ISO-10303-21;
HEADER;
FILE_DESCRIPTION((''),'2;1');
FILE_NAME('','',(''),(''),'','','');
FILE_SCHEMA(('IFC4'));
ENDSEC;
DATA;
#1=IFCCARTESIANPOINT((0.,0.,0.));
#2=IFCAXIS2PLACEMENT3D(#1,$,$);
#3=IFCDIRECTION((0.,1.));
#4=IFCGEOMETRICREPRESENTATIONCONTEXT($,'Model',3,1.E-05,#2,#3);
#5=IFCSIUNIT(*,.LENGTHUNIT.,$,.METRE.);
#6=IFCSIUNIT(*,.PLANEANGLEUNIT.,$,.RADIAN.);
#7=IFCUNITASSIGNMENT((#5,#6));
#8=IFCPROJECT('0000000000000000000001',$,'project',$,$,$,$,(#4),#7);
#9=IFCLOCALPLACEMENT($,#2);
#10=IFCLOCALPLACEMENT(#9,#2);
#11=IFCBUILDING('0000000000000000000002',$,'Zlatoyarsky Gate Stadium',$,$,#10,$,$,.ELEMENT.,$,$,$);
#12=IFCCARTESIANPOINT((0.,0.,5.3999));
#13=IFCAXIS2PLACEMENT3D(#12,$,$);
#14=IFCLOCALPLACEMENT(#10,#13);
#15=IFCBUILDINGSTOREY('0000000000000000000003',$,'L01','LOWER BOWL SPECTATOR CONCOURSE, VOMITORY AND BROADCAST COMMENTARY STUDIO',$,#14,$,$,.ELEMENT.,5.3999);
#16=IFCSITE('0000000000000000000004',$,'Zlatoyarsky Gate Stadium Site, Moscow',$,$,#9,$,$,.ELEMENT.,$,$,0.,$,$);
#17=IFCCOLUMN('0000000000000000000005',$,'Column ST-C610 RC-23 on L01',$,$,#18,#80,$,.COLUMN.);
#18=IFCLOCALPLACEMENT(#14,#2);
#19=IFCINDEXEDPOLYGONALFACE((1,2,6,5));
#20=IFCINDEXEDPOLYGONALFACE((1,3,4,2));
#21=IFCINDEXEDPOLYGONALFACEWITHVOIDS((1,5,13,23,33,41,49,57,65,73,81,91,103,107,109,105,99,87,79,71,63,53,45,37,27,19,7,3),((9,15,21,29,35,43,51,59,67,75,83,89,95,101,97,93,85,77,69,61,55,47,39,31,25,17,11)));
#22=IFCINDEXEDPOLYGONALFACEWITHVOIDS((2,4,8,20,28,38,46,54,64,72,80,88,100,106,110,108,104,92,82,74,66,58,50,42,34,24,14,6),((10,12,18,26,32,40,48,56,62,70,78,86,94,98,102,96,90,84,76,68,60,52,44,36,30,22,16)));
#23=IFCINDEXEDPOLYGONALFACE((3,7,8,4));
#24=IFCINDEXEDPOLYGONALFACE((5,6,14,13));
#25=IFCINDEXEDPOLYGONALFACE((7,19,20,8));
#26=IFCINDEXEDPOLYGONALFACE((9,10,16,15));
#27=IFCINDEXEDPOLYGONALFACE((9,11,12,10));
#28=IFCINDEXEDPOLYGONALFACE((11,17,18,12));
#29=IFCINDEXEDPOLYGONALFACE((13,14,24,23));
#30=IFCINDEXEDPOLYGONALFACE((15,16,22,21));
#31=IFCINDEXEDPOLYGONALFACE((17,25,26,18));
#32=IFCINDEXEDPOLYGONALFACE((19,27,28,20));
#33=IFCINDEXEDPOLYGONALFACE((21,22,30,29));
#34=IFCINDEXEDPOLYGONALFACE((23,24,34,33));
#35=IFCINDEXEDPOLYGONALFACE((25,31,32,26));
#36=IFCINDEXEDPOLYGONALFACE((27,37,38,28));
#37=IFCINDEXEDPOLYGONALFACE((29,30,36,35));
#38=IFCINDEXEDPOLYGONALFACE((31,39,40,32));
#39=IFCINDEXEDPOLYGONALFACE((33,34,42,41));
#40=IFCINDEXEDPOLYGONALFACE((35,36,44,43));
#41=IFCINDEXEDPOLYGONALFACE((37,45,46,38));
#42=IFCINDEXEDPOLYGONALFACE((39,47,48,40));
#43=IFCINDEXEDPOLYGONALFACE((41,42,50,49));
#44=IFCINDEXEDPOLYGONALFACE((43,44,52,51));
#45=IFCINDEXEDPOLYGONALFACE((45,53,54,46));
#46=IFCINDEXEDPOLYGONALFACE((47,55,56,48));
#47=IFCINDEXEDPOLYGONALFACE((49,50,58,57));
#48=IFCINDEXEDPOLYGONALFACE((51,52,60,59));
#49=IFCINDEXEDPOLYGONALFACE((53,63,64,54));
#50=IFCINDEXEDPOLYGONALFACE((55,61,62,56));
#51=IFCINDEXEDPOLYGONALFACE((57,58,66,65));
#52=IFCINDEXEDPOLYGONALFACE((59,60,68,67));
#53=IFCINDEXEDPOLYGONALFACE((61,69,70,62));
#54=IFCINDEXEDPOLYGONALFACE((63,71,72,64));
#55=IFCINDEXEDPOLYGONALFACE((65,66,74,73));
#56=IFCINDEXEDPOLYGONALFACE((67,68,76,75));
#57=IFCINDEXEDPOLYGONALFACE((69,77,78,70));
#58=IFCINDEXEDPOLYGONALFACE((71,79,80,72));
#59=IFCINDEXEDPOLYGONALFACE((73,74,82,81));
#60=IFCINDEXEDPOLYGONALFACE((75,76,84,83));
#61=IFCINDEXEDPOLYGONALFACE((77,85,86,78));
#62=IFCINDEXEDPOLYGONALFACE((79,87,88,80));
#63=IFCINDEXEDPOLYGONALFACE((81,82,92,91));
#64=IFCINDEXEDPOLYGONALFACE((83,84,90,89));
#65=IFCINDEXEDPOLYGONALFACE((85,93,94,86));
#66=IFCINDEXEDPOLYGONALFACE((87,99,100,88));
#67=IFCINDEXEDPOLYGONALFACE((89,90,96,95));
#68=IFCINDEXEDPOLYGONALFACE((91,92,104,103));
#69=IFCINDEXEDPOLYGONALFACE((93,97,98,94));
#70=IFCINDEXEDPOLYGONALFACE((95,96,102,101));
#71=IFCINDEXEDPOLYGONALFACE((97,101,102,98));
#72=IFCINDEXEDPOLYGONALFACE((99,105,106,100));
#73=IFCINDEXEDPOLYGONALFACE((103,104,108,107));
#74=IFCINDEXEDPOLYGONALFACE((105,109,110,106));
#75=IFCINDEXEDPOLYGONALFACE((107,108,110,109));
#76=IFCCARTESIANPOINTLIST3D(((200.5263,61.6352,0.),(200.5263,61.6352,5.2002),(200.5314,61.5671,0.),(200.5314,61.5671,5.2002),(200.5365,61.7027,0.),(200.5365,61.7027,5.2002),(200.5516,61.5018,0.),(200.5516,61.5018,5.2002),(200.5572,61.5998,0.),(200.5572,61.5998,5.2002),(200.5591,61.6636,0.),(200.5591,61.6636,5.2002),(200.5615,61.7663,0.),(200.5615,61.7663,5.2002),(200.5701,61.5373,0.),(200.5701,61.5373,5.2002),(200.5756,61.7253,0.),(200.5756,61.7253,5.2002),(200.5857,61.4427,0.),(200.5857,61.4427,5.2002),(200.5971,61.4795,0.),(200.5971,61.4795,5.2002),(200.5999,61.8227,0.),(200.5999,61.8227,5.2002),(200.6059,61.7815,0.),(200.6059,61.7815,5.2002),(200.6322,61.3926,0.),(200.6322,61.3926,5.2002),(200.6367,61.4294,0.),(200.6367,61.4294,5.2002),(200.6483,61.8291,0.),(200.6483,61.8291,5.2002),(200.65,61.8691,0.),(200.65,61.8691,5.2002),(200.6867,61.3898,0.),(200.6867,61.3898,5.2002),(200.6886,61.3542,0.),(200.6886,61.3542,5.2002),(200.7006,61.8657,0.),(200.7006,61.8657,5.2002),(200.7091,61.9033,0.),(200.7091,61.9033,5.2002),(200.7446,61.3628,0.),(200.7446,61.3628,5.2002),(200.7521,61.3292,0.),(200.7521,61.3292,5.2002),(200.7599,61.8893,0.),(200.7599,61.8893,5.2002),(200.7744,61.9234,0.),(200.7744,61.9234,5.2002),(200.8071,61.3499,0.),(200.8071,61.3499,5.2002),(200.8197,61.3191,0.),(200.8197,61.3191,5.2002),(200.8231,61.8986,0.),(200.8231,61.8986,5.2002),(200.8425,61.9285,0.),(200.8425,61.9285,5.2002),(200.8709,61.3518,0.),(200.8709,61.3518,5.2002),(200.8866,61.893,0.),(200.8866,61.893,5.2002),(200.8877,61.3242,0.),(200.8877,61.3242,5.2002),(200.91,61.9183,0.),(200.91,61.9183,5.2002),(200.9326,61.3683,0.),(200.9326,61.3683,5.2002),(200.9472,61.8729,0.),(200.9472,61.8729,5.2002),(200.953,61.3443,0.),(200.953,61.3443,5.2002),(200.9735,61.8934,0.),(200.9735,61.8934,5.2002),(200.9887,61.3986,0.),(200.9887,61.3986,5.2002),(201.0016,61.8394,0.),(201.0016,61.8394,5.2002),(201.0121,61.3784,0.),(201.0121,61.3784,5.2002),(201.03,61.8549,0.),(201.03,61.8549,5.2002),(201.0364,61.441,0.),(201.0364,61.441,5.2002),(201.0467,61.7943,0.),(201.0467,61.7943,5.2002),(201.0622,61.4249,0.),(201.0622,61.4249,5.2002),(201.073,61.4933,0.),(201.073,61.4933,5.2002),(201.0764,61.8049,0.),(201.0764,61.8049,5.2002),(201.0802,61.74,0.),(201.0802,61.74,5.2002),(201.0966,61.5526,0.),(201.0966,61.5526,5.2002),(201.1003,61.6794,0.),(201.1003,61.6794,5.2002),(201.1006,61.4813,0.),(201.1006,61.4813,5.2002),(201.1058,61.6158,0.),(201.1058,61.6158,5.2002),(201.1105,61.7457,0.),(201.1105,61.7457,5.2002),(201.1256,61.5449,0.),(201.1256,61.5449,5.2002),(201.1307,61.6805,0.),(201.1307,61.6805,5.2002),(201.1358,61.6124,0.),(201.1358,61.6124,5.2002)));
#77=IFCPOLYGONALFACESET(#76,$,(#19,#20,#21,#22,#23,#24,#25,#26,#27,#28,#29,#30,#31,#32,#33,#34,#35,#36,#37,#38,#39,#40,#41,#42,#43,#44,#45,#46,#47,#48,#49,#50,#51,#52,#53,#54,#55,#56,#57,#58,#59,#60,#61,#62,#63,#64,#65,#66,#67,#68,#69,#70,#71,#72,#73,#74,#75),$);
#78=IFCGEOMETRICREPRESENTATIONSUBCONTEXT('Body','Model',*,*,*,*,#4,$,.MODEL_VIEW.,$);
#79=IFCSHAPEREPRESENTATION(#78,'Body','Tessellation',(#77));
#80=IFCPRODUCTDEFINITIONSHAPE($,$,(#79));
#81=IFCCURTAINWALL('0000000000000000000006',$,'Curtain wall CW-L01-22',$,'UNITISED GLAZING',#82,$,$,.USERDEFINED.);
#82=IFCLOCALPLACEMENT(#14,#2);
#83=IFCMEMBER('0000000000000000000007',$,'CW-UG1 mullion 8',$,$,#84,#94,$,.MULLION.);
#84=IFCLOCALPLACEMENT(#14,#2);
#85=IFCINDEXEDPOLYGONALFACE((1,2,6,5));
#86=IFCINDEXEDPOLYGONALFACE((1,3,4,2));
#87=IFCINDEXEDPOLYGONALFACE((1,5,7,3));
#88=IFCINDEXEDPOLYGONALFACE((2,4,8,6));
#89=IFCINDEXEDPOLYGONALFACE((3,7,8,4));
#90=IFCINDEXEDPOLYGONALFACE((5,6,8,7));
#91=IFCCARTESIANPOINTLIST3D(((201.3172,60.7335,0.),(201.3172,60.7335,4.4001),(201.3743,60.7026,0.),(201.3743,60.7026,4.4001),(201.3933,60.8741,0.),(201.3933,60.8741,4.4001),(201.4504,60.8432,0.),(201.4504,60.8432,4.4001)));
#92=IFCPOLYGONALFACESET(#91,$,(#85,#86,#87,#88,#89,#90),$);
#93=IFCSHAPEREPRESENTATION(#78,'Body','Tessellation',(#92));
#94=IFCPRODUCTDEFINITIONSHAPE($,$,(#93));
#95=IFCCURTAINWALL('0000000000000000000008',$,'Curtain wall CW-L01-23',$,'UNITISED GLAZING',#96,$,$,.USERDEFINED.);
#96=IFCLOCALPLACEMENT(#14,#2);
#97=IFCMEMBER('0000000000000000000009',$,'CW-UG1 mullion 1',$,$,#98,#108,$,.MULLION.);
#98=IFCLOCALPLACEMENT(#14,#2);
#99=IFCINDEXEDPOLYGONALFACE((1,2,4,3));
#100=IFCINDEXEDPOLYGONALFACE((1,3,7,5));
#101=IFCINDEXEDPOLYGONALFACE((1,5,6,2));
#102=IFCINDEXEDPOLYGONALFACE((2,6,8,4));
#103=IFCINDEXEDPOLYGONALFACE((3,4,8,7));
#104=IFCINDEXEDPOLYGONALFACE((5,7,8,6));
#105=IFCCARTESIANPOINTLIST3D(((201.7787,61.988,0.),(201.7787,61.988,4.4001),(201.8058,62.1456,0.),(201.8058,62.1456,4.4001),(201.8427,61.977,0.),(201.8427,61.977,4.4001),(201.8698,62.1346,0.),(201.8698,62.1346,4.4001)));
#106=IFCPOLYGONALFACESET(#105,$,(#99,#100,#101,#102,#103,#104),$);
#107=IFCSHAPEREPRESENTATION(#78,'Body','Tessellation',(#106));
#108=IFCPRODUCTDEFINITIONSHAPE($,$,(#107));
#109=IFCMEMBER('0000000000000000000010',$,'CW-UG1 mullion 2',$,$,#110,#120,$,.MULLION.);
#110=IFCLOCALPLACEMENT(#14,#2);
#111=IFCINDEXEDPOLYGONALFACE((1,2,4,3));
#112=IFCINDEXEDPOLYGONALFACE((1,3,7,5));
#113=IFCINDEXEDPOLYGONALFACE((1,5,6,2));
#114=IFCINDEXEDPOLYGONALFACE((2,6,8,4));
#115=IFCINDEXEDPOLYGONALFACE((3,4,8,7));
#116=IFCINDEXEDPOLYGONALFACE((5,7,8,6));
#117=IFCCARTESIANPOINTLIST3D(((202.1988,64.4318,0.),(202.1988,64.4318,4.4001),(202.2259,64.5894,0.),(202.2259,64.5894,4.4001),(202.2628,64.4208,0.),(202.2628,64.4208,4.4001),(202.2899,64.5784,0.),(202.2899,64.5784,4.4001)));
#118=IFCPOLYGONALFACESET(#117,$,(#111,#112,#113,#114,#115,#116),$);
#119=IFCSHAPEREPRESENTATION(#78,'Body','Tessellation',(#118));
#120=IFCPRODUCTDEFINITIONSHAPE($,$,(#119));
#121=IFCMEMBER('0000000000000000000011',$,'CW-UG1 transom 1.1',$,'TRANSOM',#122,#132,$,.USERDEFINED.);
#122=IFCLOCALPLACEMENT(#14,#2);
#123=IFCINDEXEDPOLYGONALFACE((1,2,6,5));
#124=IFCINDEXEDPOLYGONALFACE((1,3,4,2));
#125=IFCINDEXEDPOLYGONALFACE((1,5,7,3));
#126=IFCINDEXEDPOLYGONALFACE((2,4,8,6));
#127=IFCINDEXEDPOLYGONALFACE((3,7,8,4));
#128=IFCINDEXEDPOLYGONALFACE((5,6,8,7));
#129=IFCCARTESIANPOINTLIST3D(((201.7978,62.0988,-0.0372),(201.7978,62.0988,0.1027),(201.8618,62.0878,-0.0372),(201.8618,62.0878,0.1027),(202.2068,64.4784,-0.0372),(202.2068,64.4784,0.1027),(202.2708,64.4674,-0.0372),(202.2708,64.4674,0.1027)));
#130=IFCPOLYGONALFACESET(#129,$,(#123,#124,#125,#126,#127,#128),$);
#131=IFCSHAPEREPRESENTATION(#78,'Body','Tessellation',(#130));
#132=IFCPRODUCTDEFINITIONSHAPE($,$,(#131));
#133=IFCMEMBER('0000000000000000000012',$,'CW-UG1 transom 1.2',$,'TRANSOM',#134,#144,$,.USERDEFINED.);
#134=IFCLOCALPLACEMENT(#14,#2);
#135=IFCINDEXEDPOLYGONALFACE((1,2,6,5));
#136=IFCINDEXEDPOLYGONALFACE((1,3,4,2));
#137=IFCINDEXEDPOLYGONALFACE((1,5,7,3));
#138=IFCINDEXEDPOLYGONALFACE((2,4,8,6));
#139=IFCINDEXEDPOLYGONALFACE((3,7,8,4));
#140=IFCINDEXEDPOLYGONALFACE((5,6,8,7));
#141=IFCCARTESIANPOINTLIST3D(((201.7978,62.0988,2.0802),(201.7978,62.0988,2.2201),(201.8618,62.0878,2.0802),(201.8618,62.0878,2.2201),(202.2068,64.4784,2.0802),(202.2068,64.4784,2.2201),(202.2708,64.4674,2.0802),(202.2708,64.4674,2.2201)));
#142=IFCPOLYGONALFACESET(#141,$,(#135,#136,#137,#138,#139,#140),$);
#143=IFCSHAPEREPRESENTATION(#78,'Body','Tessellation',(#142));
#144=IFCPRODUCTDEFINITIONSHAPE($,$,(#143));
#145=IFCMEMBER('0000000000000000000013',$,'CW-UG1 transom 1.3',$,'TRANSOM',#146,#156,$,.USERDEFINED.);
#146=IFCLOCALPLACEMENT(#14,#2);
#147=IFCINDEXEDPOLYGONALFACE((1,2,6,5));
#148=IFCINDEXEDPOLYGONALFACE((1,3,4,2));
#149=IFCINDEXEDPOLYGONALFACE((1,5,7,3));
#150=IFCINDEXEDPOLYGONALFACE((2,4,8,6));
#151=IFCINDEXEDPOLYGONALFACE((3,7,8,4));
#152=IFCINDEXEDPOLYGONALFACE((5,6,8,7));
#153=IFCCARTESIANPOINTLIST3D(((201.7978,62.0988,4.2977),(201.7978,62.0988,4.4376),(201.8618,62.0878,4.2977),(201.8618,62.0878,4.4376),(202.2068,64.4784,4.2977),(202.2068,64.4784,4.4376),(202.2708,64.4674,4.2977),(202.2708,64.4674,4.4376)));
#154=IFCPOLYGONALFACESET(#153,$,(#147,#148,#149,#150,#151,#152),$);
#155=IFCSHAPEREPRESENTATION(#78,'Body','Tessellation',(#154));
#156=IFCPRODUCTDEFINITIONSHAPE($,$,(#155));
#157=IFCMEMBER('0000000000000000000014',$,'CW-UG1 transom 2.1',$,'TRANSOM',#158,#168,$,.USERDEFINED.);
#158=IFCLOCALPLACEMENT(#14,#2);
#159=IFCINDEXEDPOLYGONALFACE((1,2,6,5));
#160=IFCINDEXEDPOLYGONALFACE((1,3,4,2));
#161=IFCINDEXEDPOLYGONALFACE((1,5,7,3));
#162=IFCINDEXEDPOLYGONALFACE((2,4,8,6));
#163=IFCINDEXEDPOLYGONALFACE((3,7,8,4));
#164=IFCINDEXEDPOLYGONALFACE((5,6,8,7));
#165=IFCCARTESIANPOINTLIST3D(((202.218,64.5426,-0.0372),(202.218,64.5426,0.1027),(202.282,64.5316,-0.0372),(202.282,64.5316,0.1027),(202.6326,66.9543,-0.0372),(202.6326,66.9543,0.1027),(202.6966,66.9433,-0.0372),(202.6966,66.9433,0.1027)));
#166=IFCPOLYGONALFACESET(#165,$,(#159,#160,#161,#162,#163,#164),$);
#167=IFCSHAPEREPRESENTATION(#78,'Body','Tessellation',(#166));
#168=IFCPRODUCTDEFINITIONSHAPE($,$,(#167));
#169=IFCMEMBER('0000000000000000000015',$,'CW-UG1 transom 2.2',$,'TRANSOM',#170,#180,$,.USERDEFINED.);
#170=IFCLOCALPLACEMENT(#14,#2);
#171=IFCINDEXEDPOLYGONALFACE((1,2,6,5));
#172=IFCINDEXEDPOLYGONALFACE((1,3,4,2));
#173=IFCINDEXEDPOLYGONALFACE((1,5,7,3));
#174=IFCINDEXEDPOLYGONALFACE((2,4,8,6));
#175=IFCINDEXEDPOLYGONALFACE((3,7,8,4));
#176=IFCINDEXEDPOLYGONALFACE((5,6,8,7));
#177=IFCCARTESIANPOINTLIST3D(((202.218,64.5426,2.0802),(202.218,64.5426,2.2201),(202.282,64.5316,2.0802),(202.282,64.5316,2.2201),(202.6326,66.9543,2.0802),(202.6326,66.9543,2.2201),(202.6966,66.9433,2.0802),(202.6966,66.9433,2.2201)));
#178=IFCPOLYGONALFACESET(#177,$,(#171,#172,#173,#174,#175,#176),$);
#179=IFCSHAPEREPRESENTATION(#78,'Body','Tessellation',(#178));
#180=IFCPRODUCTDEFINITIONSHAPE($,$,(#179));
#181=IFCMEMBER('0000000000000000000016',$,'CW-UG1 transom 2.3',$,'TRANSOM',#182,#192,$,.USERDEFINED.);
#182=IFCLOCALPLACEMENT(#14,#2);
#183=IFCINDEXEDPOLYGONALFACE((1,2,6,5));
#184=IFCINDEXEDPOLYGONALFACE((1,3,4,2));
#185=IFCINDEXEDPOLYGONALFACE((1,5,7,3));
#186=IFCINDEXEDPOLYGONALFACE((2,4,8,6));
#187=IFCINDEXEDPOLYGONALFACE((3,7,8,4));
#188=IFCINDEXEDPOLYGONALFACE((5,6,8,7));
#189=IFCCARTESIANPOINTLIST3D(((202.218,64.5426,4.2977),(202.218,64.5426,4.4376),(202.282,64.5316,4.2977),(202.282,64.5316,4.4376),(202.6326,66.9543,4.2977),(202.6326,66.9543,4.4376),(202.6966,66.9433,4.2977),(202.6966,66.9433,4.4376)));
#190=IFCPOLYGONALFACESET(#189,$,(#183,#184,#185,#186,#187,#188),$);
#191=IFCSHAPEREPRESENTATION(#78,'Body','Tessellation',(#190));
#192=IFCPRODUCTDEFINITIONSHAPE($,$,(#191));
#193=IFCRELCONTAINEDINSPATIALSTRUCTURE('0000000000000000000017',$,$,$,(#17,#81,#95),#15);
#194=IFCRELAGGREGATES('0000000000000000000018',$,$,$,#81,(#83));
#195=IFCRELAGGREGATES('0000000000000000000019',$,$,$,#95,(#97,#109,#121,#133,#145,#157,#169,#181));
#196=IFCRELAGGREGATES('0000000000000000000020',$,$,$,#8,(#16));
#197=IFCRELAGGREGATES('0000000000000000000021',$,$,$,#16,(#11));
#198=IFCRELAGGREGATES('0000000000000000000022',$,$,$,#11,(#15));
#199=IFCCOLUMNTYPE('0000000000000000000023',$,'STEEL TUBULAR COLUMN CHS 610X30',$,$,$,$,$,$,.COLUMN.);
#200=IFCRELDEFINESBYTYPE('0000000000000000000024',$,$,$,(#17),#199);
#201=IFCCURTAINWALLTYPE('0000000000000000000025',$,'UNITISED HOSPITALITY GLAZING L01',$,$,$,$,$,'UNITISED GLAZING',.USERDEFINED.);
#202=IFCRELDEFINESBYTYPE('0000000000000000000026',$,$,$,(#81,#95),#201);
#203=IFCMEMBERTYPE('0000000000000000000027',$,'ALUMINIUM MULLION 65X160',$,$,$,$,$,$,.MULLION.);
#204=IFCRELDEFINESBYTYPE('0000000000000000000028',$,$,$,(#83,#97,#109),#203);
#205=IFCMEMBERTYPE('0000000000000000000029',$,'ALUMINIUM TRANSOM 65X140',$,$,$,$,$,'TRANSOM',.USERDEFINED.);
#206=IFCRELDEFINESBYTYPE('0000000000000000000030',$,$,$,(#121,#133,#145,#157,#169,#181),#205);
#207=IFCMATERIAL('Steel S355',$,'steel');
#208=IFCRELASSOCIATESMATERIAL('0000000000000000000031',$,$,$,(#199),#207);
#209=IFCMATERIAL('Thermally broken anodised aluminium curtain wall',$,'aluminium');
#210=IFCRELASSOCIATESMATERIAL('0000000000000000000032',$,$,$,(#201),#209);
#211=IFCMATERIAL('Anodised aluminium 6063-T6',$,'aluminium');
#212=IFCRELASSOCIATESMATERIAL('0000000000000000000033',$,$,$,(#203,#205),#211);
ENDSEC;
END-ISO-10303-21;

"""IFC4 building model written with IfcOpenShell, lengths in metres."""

from ifc_helpers import new_model, si_unit, direction, frame, origin, origin_2d, place, context, subcontext, project, spatial, rectangle, hollow_circle, extrude, material, material_profile, profile_set, type_object, element, aggregate, save


model = new_model("IFC4")

# Units and contexts
model_context = context("Model", 3, precision=1e-05, world=origin(), true_north=direction((0.0, 1.0)))
body_context = subcontext(model_context, "Body", "Model", "MODEL_VIEW")
ifc_project = project(units=[si_unit("LENGTHUNIT", "METRE"), si_unit("PLANEANGLEUNIT", "RADIAN")], contexts=[model_context])

# Site, building, storey
site_placement = place(None, origin())
site = spatial("IfcSite", under=ifc_project, at=site_placement, Name="Zlatoyarsky Gate Stadium Site, Moscow", CompositionType="ELEMENT", RefElevation=0.0)
building_placement = place(site_placement, origin())
building = spatial("IfcBuilding", under=site, at=building_placement, Name="Zlatoyarsky Gate Stadium", CompositionType="ELEMENT")
storey_placement = place(building_placement, frame((0.0, 0.0, 5.3999)))
storey = spatial("IfcBuildingStorey", under=building, at=storey_placement, Name="L01", Description="LOWER BOWL SPECTATOR CONCOURSE, VOMITORY AND BROADCAST COMMENTARY STUDIO", CompositionType="ELEMENT", Elevation=5.3999)

# Column
ifc_material_1 = material(Name="Steel S355", Category="steel")
ifc_material_profile_1 = material_profile(ifc_material_1, hollow_circle(Radius=0.3049, WallThickness=0.03, at=origin_2d()), Name="CHS 610X30")
ifc_profile_set_1 = profile_set([ifc_material_profile_1], Name="Steel S355")
column_type = type_object("IfcColumnType", Name="STEEL TUBULAR COLUMN CHS 610X30", PredefinedType="COLUMN", material=ifc_profile_set_1)
column_placement = place(storey_placement, frame((200.8311, 61.6238, 0.0), z_axis=(0.0, 0.0, 1.0), x_axis=(0.965926, -0.258819, 0.0)))
element("IfcColumn", 1, at=column_placement, inside=storey, type_object=column_type, Name="Column ST-C610 RC-23 on L01", PredefinedType="COLUMN", context=body_context, shape_type="SweptSolid", body=[
    extrude(hollow_circle(Radius=0.3049, WallThickness=0.03, at=origin_2d()), origin(), (0.0, 0.0, 1.0), 5.2002),
])

# Curtain wall, member
ifc_material_2 = material(Name="Thermally broken anodised aluminium curtain wall", Category="aluminium")
curtain_wall_type = type_object("IfcCurtainWallType", Name="UNITISED HOSPITALITY GLAZING L01", ElementType="UNITISED GLAZING", PredefinedType="USERDEFINED", material=ifc_material_2)
curtain_wall_1_placement = place(storey_placement, origin())
curtain_wall_1 = element("IfcCurtainWall", 2, at=curtain_wall_1_placement, inside=storey, type_object=curtain_wall_type, Name="Curtain wall CW-L01-22", ObjectType="UNITISED GLAZING", PredefinedType="USERDEFINED")
ifc_material_3 = material(Name="Anodised aluminium 6063-T6", Category="aluminium")
ifc_material_profile_2 = material_profile(ifc_material_3, rectangle(XDim=0.0649, YDim=0.1599, at=origin_2d()), Name="ALU 65X160")
ifc_profile_set_2 = profile_set([ifc_material_profile_2], Name="Anodised aluminium 6063-T6")
member_type_1 = type_object("IfcMemberType", Name="ALUMINIUM MULLION 65X160", PredefinedType="MULLION", material=ifc_profile_set_2)
member_1_placement = place(storey_placement, frame((201.3838, 60.7883, 0.0), z_axis=(0.0, 0.0, 1.0), x_axis=(-0.879562, 0.475784, 0.0)))
member_1 = element("IfcMember", 3, at=member_1_placement, type_object=member_type_1, Name="CW-UG1 mullion 8", PredefinedType="MULLION", context=body_context, shape_type="SweptSolid", body=[
    extrude(rectangle(XDim=0.0649, YDim=0.1599, at=origin_2d()), origin(), (0.0, 0.0, 1.0), 4.4001),
])

# Curtain wall, members
curtain_wall_2_placement = place(storey_placement, origin())
curtain_wall_2 = element("IfcCurtainWall", 4, at=curtain_wall_2_placement, inside=storey, type_object=curtain_wall_type, Name="Curtain wall CW-L01-23", ObjectType="UNITISED GLAZING", PredefinedType="USERDEFINED")
member_2_placement = place(storey_placement, frame((201.8242, 62.0613, 0.0), z_axis=(0.0, 0.0, 1.0), x_axis=(-0.985539, 0.169451, 0.0)))
member_2 = element("IfcMember", 5, at=member_2_placement, type_object=member_type_1, Name="CW-UG1 mullion 1", PredefinedType="MULLION", context=body_context, shape_type="SweptSolid", body=[
    extrude(rectangle(XDim=0.0649, YDim=0.1599, at=origin_2d()), origin(), (0.0, 0.0, 1.0), 4.4001),
])
member_3_placement = place(storey_placement, frame((202.2444, 64.5051, 0.0), z_axis=(0.0, 0.0, 1.0), x_axis=(-0.985539, 0.169451, 0.0)))
member_3 = element("IfcMember", 6, at=member_3_placement, type_object=member_type_1, Name="CW-UG1 mullion 2", PredefinedType="MULLION", context=body_context, shape_type="SweptSolid", body=[
    extrude(rectangle(XDim=0.0649, YDim=0.1599, at=origin_2d()), origin(), (0.0, 0.0, 1.0), 4.4001),
])
ifc_material_profile_3 = material_profile(ifc_material_3, rectangle(XDim=0.0649, YDim=0.1399, at=origin_2d()), Name="ALU 65X140")
ifc_profile_set_3 = profile_set([ifc_material_profile_3], Name="Anodised aluminium 6063-T6")
member_type_2 = type_object("IfcMemberType", Name="ALUMINIUM TRANSOM 65X140", ElementType="TRANSOM", PredefinedType="USERDEFINED", material=ifc_profile_set_3)
member_4_placement = place(storey_placement, frame((201.8298, 62.0933, 0.0327), z_axis=(0.169365, 0.985553, 0.0), x_axis=(-0.985553, 0.169365, 0.0)))
member_4 = element("IfcMember", 7, at=member_4_placement, type_object=member_type_2, Name="CW-UG1 transom 1.1", ObjectType="TRANSOM", PredefinedType="USERDEFINED", context=body_context, shape_type="SweptSolid", body=[
    extrude(rectangle(XDim=0.0649, YDim=0.1399, at=origin_2d()), origin(), (0.0, 0.0, 1.0), 2.4146),
])
member_5_placement = place(storey_placement, frame((201.8298, 62.0933, 2.1501), z_axis=(0.169365, 0.985553, 0.0), x_axis=(-0.985553, 0.169365, 0.0)))
member_5 = element("IfcMember", 8, at=member_5_placement, type_object=member_type_2, Name="CW-UG1 transom 1.2", ObjectType="TRANSOM", PredefinedType="USERDEFINED", context=body_context, shape_type="SweptSolid", body=[
    extrude(rectangle(XDim=0.0649, YDim=0.1399, at=origin_2d()), origin(), (0.0, 0.0, 1.0), 2.4146),
])
member_6_placement = place(storey_placement, frame((201.8298, 62.0933, 4.3677), z_axis=(0.169365, 0.985553, 0.0), x_axis=(-0.985553, 0.169365, 0.0)))
member_6 = element("IfcMember", 9, at=member_6_placement, type_object=member_type_2, Name="CW-UG1 transom 1.3", ObjectType="TRANSOM", PredefinedType="USERDEFINED", context=body_context, shape_type="SweptSolid", body=[
    extrude(rectangle(XDim=0.0649, YDim=0.1399, at=origin_2d()), origin(), (0.0, 0.0, 1.0), 2.4146),
])
member_7_placement = place(storey_placement, frame((202.25, 64.5371, 0.0327), z_axis=(0.169412, 0.985545, 0.0), x_axis=(-0.985545, 0.169412, 0.0)))
member_7 = element("IfcMember", 10, at=member_7_placement, type_object=member_type_2, Name="CW-UG1 transom 2.1", ObjectType="TRANSOM", PredefinedType="USERDEFINED", context=body_context, shape_type="SweptSolid", body=[
    extrude(rectangle(XDim=0.0649, YDim=0.1399, at=origin_2d()), origin(), (0.0, 0.0, 1.0), 2.447),
])
member_8_placement = place(storey_placement, frame((202.25, 64.5371, 2.1501), z_axis=(0.169412, 0.985545, 0.0), x_axis=(-0.985545, 0.169412, 0.0)))
member_8 = element("IfcMember", 11, at=member_8_placement, type_object=member_type_2, Name="CW-UG1 transom 2.2", ObjectType="TRANSOM", PredefinedType="USERDEFINED", context=body_context, shape_type="SweptSolid", body=[
    extrude(rectangle(XDim=0.0649, YDim=0.1399, at=origin_2d()), origin(), (0.0, 0.0, 1.0), 2.447),
])
member_9_placement = place(storey_placement, frame((202.25, 64.5371, 4.3677), z_axis=(0.169412, 0.985545, 0.0), x_axis=(-0.985545, 0.169412, 0.0)))
member_9 = element("IfcMember", 12, at=member_9_placement, type_object=member_type_2, Name="CW-UG1 transom 2.3", ObjectType="TRANSOM", PredefinedType="USERDEFINED", context=body_context, shape_type="SweptSolid", body=[
    extrude(rectangle(XDim=0.0649, YDim=0.1399, at=origin_2d()), origin(), (0.0, 0.0, 1.0), 2.447),
])

aggregate(curtain_wall_1, [member_1])
aggregate(curtain_wall_2, [member_2, member_3, member_4, member_5, member_6, member_7, member_8, member_9])

save(model, "model.ifc")
